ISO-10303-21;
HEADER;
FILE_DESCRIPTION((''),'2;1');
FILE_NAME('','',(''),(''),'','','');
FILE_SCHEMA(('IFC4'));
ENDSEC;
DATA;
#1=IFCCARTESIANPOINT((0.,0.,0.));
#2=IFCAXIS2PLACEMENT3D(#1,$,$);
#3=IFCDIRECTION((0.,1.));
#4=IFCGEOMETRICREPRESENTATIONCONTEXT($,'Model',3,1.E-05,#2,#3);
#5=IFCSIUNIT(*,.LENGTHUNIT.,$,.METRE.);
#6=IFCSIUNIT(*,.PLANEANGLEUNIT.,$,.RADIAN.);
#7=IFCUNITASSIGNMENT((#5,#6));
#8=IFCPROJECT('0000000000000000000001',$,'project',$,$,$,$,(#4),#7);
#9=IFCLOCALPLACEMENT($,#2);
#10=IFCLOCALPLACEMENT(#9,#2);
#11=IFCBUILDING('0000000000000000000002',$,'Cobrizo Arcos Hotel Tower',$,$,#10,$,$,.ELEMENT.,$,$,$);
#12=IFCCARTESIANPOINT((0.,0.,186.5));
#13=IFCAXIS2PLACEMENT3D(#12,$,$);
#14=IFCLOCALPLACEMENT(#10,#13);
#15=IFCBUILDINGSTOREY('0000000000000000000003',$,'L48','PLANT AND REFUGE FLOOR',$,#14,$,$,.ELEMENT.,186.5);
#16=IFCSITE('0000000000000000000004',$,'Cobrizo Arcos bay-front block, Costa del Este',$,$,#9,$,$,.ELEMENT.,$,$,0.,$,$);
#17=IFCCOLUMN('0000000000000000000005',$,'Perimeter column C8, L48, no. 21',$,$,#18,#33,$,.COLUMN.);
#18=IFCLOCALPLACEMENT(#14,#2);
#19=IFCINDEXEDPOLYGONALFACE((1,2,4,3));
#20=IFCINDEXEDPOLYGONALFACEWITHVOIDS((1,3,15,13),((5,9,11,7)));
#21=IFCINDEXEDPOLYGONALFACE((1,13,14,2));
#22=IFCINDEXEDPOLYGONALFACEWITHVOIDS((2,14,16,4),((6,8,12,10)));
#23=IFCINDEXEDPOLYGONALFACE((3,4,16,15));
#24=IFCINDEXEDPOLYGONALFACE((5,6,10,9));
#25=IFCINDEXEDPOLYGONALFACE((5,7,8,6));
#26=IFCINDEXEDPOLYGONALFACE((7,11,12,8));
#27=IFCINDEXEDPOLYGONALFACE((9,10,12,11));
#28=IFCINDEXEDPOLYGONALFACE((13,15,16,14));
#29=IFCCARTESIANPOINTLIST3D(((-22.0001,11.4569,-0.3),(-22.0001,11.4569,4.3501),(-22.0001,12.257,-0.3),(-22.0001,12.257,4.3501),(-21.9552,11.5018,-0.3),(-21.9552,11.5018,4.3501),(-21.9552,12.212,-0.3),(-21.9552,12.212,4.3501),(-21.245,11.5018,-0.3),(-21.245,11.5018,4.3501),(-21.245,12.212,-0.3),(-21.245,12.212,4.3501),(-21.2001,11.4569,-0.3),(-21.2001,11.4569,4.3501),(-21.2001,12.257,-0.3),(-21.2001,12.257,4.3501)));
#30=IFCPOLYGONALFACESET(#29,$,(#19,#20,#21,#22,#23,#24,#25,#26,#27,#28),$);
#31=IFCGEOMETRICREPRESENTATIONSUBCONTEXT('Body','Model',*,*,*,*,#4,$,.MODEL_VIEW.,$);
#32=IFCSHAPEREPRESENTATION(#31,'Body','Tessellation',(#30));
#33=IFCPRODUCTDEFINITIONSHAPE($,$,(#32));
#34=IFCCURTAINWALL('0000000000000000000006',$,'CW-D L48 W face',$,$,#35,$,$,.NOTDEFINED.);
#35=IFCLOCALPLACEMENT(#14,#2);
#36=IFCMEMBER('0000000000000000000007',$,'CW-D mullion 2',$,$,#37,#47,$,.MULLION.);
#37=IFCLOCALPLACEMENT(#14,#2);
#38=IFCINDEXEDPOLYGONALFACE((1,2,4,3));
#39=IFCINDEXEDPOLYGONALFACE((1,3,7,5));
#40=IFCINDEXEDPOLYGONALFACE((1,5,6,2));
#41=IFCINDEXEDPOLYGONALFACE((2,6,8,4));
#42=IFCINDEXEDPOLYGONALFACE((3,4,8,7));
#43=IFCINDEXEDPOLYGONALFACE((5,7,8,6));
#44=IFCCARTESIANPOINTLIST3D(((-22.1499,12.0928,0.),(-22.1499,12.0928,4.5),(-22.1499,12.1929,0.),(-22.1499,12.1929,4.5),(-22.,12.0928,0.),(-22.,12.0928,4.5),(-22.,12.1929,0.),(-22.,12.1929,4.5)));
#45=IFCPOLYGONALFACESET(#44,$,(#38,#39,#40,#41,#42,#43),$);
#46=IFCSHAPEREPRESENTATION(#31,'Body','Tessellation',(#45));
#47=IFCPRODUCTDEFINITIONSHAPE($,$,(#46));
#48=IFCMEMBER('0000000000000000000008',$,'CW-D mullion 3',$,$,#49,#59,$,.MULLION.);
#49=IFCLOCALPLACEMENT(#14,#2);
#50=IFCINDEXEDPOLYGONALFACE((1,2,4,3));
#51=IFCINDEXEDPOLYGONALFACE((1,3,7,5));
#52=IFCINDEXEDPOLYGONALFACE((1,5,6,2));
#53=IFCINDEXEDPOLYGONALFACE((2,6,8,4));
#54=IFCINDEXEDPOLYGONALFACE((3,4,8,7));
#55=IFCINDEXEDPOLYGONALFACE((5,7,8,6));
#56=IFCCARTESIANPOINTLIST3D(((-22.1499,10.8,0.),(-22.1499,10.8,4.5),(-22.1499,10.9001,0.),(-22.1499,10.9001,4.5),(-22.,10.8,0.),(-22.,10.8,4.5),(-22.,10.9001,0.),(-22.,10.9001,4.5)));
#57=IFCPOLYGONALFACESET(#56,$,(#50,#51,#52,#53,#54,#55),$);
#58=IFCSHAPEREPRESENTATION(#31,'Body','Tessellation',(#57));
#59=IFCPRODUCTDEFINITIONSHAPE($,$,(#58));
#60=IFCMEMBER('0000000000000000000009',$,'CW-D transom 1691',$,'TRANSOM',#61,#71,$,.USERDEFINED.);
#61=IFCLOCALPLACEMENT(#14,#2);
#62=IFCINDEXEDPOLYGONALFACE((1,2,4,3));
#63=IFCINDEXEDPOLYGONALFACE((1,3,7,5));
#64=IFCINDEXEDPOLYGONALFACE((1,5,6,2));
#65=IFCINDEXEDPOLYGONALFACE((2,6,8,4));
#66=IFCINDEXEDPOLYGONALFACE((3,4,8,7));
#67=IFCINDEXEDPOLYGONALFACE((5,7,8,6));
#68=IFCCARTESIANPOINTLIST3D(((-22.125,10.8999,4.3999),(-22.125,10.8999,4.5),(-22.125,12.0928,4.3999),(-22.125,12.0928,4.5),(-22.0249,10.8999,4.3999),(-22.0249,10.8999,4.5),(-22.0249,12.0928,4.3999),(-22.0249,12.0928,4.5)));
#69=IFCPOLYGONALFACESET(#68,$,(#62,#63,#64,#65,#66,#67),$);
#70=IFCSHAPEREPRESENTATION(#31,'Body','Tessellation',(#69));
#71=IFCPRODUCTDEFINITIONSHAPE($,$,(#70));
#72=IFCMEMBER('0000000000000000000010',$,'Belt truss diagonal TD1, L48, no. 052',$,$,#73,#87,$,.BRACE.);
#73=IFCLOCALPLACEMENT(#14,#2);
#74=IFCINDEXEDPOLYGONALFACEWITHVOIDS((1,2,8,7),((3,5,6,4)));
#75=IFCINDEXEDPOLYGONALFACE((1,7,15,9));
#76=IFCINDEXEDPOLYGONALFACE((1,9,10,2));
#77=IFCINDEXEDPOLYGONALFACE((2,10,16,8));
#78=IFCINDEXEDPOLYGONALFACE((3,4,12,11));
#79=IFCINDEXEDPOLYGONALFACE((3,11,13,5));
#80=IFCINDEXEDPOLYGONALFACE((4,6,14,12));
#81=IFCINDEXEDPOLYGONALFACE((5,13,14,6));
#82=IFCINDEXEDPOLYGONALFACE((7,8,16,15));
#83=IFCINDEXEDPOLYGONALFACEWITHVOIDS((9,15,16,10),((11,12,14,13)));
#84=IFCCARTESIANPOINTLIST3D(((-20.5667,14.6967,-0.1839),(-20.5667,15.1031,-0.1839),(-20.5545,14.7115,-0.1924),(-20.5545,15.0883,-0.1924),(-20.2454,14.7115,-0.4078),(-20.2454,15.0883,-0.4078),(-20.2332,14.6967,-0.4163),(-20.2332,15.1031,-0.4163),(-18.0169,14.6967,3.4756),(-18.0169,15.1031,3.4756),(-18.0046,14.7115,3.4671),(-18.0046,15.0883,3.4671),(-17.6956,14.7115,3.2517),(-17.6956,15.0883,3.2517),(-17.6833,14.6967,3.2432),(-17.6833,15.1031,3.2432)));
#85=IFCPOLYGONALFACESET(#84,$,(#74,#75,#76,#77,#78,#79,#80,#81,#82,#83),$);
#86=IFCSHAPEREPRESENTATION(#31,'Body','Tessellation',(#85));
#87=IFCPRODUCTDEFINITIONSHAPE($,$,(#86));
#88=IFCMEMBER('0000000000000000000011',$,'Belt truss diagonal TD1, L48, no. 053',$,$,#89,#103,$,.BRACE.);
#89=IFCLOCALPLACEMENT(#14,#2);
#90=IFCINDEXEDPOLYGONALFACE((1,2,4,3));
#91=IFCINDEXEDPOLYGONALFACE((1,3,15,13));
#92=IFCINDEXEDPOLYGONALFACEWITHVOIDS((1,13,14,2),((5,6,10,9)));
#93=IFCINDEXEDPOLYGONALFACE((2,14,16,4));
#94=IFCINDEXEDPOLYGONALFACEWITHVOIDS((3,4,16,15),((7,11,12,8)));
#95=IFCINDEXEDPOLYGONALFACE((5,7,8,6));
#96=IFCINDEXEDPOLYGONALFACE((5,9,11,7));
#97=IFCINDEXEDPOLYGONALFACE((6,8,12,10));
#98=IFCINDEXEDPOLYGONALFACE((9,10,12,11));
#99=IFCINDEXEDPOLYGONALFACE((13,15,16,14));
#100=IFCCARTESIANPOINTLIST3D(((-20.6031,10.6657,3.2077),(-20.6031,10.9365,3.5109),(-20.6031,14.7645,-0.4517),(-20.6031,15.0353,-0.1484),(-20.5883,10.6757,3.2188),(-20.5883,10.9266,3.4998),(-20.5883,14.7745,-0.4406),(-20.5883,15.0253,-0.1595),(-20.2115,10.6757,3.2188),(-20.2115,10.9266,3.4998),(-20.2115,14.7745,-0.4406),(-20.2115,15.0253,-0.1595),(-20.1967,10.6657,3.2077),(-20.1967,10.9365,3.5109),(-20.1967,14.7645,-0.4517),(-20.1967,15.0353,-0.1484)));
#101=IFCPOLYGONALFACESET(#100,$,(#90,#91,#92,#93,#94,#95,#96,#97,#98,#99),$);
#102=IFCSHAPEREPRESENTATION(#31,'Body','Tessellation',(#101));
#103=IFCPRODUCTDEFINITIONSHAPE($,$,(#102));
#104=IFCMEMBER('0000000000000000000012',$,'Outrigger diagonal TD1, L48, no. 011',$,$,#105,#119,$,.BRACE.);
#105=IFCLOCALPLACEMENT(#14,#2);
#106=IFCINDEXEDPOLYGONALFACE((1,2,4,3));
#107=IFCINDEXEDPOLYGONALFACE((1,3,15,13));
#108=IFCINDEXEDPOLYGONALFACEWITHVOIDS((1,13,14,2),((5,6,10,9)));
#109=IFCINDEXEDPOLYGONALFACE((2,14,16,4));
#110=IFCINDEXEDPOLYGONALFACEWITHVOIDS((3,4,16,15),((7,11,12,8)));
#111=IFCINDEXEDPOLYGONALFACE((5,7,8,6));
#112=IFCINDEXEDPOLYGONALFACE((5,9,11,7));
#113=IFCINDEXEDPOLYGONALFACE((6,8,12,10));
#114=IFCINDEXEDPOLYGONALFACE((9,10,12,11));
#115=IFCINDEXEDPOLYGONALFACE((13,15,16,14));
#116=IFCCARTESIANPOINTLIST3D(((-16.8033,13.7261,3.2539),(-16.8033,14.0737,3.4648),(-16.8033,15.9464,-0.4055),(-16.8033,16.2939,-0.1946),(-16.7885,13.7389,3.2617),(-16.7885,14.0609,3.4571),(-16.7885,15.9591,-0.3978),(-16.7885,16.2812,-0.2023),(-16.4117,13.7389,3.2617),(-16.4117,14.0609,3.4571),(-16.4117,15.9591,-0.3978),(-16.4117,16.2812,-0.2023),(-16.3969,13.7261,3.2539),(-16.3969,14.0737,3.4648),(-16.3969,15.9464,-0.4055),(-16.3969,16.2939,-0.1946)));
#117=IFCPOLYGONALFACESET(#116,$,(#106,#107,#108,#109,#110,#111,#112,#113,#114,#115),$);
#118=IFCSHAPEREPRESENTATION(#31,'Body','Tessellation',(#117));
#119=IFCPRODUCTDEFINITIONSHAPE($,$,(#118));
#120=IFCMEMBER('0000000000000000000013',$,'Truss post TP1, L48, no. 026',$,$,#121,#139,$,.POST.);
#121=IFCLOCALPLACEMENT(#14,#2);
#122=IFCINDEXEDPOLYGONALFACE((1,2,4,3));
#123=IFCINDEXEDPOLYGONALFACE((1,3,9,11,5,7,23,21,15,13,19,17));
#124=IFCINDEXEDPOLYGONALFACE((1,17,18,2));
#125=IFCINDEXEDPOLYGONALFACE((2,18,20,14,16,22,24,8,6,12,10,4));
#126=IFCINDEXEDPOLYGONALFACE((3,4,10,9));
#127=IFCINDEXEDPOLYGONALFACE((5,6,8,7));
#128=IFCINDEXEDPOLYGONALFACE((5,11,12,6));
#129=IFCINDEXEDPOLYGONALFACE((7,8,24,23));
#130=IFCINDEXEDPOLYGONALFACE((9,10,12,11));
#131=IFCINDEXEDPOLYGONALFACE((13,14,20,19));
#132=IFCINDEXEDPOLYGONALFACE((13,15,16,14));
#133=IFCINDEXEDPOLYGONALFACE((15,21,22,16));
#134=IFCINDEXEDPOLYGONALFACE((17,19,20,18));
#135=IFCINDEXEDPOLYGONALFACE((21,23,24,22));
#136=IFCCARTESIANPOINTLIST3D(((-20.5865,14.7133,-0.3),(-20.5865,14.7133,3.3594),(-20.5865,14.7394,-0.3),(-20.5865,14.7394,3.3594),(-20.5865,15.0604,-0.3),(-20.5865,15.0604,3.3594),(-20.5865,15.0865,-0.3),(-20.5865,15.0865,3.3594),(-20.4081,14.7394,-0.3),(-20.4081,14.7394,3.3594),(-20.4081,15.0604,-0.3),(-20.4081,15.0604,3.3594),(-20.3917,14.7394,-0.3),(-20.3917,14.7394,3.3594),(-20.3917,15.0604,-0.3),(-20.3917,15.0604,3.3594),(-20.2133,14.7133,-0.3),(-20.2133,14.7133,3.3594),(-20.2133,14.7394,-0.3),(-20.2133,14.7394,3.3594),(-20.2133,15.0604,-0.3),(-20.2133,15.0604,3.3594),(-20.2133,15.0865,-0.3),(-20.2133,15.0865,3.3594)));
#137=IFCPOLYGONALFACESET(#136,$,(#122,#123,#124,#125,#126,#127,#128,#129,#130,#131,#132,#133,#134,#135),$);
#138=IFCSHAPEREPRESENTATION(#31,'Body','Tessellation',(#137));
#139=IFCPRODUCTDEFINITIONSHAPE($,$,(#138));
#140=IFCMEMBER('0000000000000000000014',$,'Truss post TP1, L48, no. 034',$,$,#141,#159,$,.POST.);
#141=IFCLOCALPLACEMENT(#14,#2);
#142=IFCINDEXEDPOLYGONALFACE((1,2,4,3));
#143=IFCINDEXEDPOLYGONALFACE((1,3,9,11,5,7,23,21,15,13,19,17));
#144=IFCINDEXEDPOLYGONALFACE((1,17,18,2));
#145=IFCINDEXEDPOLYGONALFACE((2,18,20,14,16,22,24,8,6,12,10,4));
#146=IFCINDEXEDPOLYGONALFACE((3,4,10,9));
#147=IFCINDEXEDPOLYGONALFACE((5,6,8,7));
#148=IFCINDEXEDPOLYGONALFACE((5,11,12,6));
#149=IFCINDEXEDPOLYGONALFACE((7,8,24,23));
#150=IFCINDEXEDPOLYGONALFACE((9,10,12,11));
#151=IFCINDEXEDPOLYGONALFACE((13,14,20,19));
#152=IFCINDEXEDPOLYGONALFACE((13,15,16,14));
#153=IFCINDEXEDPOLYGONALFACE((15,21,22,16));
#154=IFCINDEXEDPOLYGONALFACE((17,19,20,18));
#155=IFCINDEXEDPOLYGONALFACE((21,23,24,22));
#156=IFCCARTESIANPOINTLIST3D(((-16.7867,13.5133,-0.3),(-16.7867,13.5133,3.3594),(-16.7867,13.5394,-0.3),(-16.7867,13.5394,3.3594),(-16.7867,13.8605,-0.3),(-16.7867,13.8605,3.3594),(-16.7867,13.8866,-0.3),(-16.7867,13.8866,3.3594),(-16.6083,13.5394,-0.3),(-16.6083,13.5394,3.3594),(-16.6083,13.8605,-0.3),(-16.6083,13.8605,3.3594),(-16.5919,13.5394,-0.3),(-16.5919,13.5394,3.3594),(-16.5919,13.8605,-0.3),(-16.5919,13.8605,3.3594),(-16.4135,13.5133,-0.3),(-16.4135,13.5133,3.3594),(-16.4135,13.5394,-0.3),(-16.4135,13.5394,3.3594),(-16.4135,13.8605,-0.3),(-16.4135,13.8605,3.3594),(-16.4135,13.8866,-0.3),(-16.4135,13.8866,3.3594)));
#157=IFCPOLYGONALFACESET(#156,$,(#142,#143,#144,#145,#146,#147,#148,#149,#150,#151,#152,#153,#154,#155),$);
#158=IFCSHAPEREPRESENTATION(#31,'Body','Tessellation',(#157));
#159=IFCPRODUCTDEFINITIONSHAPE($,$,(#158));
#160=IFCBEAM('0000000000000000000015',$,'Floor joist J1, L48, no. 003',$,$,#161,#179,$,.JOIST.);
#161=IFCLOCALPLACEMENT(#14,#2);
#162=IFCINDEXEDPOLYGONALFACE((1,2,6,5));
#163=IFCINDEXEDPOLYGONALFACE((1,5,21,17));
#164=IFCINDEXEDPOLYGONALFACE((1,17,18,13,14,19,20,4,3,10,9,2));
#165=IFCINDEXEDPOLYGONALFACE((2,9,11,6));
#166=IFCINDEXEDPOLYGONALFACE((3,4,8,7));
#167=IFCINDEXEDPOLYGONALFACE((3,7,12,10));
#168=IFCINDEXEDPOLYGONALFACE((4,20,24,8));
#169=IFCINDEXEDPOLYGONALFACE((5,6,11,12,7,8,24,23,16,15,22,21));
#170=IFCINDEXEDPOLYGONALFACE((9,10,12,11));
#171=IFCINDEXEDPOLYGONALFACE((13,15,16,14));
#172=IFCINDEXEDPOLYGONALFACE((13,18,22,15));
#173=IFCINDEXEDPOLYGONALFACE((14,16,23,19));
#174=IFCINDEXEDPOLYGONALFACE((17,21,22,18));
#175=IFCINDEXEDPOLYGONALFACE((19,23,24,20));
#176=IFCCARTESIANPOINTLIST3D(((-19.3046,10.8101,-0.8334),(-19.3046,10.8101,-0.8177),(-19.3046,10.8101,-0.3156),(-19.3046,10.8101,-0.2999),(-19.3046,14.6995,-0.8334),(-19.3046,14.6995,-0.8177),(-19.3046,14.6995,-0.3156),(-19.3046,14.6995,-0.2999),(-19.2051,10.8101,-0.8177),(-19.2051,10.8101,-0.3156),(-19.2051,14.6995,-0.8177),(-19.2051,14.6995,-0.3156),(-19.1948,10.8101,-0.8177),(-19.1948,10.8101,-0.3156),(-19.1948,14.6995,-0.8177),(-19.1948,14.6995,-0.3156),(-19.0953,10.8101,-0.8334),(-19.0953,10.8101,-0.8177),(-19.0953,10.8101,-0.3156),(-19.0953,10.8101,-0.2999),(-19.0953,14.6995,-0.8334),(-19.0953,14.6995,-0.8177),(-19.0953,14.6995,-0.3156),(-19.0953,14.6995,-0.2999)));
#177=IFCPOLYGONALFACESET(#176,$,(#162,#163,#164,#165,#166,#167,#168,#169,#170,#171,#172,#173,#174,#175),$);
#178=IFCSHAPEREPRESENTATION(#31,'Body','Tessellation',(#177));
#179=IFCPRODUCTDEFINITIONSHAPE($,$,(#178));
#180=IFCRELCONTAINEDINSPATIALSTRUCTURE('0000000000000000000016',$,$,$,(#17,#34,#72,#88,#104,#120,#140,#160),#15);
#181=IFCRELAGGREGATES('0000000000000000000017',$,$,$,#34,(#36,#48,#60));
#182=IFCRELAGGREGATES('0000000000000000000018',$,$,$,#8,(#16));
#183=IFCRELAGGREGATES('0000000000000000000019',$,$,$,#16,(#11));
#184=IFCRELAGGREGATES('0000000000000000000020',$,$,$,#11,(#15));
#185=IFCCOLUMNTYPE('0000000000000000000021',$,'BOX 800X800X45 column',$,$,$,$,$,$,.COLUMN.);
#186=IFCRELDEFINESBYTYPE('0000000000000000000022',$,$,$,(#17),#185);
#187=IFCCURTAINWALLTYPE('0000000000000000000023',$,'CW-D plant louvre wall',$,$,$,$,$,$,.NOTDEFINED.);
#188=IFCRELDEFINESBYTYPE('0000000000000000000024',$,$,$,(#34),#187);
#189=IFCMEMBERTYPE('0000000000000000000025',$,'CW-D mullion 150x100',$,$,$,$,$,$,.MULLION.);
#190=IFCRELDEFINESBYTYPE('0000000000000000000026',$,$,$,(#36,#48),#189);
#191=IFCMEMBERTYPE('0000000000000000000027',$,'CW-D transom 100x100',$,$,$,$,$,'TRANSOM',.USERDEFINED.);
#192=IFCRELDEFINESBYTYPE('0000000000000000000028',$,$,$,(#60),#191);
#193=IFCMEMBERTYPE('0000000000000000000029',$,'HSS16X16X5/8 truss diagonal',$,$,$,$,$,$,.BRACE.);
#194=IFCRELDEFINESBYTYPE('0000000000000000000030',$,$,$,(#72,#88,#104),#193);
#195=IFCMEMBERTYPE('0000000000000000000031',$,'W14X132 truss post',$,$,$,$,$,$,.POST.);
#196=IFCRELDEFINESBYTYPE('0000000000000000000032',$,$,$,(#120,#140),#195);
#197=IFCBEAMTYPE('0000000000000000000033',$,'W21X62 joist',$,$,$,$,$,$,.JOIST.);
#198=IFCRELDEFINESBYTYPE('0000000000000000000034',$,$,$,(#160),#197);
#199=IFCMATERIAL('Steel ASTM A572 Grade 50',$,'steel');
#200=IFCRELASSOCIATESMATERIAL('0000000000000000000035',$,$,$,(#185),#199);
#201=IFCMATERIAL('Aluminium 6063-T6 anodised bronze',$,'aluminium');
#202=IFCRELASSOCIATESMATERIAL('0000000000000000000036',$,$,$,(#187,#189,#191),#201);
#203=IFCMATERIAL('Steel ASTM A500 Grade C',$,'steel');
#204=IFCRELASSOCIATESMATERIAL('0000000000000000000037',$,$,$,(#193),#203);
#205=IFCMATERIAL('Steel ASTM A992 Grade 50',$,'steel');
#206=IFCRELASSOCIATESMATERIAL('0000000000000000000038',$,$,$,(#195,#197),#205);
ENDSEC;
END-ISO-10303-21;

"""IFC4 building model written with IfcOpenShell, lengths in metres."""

from ifc_helpers import new_model, si_unit, direction, frame, origin, origin_2d, place, context, subcontext, project, spatial, rectangle, hollow_rectangle, i_section, extrude, material, material_profile, profile_set, type_object, element, aggregate, save


model = new_model("IFC4")

# Units and contexts
model_context = context("Model", 3, precision=1e-05, world=origin(), true_north=direction((0.0, 1.0)))
body_context = subcontext(model_context, "Body", "Model", "MODEL_VIEW")
ifc_project = project(units=[si_unit("LENGTHUNIT", "METRE"), si_unit("PLANEANGLEUNIT", "RADIAN")], contexts=[model_context])

# Site, building, storey
site_placement = place(None, origin())
site = spatial("IfcSite", under=ifc_project, at=site_placement, Name="Cobrizo Arcos bay-front block, Costa del Este", CompositionType="ELEMENT", RefElevation=0.0)
building_placement = place(site_placement, origin())
building = spatial("IfcBuilding", under=site, at=building_placement, Name="Cobrizo Arcos Hotel Tower", CompositionType="ELEMENT")
storey_placement = place(building_placement, frame((0.0, 0.0, 186.5)))
storey = spatial("IfcBuildingStorey", under=building, at=storey_placement, Name="L48", Description="PLANT AND REFUGE FLOOR", CompositionType="ELEMENT", Elevation=186.5)

# Column
ifc_material_1 = material(Name="Steel ASTM A572 Grade 50", Category="steel")
ifc_material_profile_1 = material_profile(ifc_material_1, hollow_rectangle(XDim=0.8, YDim=0.8, WallThickness=0.0449, at=origin_2d()), Name="BOX 800X800X45")
ifc_profile_set_1 = profile_set([ifc_material_profile_1], Name="Steel ASTM A572 Grade 50")
column_type = type_object("IfcColumnType", Name="BOX 800X800X45 column", PredefinedType="COLUMN", material=ifc_profile_set_1)
column_placement = place(storey_placement, frame((-21.6001, 11.8569, -0.3), z_axis=(0.0, 0.0, 1.0), x_axis=(1.0, 0.0, 0.0)))
element("IfcColumn", 1, at=column_placement, inside=storey, type_object=column_type, Name="Perimeter column C8, L48, no. 21", PredefinedType="COLUMN", context=body_context, shape_type="SweptSolid", body=[
    extrude(hollow_rectangle(XDim=0.8, YDim=0.8, WallThickness=0.0449, at=origin_2d()), origin(), (0.0, 0.0, 1.0), 4.6501),
])

# Curtain wall, members
ifc_material_2 = material(Name="Aluminium 6063-T6 anodised bronze", Category="aluminium")
curtain_wall_type = type_object("IfcCurtainWallType", Name="CW-D plant louvre wall", PredefinedType="NOTDEFINED", material=ifc_material_2)
curtain_wall_placement = place(storey_placement, origin())
curtain_wall = element("IfcCurtainWall", 2, at=curtain_wall_placement, inside=storey, type_object=curtain_wall_type, Name="CW-D L48 W face", PredefinedType="NOTDEFINED")
ifc_material_profile_2 = material_profile(ifc_material_2, rectangle(XDim=0.1499, YDim=0.1001, at=origin_2d()), Name="CW-D mullion 150x100")
ifc_profile_set_2 = profile_set([ifc_material_profile_2], Name="Aluminium 6063-T6 anodised bronze")
member_type_1 = type_object("IfcMemberType", Name="CW-D mullion 150x100", PredefinedType="MULLION", material=ifc_profile_set_2)
member_1_placement = place(storey_placement, frame((-22.075, 12.1428, 0.0), z_axis=(0.0, 0.0, 1.0), x_axis=(-1.0, 0.0, 0.0)))
member_1 = element("IfcMember", 3, at=member_1_placement, type_object=member_type_1, Name="CW-D mullion 2", PredefinedType="MULLION", context=body_context, shape_type="SweptSolid", body=[
    extrude(rectangle(XDim=0.1499, YDim=0.1001, at=origin_2d()), origin(), (0.0, 0.0, 1.0), 4.5),
])
member_2_placement = place(storey_placement, frame((-22.075, 10.8501, 0.0), z_axis=(0.0, 0.0, 1.0), x_axis=(-1.0, 0.0, 0.0)))
member_2 = element("IfcMember", 4, at=member_2_placement, type_object=member_type_1, Name="CW-D mullion 3", PredefinedType="MULLION", context=body_context, shape_type="SweptSolid", body=[
    extrude(rectangle(XDim=0.1499, YDim=0.1001, at=origin_2d()), origin(), (0.0, 0.0, 1.0), 4.5),
])
ifc_material_profile_3 = material_profile(ifc_material_2, rectangle(XDim=0.1001, YDim=0.1001, at=origin_2d()), Name="CW-D transom 100x100")
ifc_profile_set_3 = profile_set([ifc_material_profile_3], Name="Aluminium 6063-T6 anodised bronze")
member_type_2 = type_object("IfcMemberType", Name="CW-D transom 100x100", ElementType="TRANSOM", PredefinedType="USERDEFINED", material=ifc_profile_set_3)
member_3_placement = place(storey_placement, frame((-22.075, 12.0928, 4.45), z_axis=(0.0, -1.0, 0.0), x_axis=(1.0, 0.0, 0.0)))
member_3 = element("IfcMember", 5, at=member_3_placement, type_object=member_type_2, Name="CW-D transom 1691", ObjectType="TRANSOM", PredefinedType="USERDEFINED", context=body_context, shape_type="SweptSolid", body=[
    extrude(rectangle(XDim=0.1001, YDim=0.1001, at=origin_2d()), origin(), (0.0, 0.0, 1.0), 1.1929),
])

# Members
ifc_material_3 = material(Name="Steel ASTM A500 Grade C", Category="steel")
ifc_material_profile_4 = material_profile(ifc_material_3, hollow_rectangle(XDim=0.4065, YDim=0.4065, WallThickness=0.0149, at=origin_2d()), Name="HSS16X16X5/8")
ifc_profile_set_4 = profile_set([ifc_material_profile_4], Name="Steel ASTM A500 Grade C")
member_type_3 = type_object("IfcMemberType", Name="HSS16X16X5/8 truss diagonal", PredefinedType="BRACE", material=ifc_profile_set_4)
member_4_placement = place(storey_placement, frame((-17.8501, 14.8999, 3.3594), z_axis=(-0.571687, 0.0, -0.820472), x_axis=(0.0, -1.0, 0.0)))
element("IfcMember", 6, at=member_4_placement, inside=storey, type_object=member_type_3, Name="Belt truss diagonal TD1, L48, no. 052", PredefinedType="BRACE", context=body_context, shape_type="SweptSolid", body=[
    extrude(hollow_rectangle(XDim=0.4065, YDim=0.4065, WallThickness=0.0149, at=origin_2d()), origin(), (0.0, 0.0, 1.0), 4.4602),
])
member_5_placement = place(storey_placement, frame((-20.3999, 14.8999, -0.3), z_axis=(0.0, -0.745964, 0.665987), x_axis=(1.0, 0.0, 0.0)))
element("IfcMember", 7, at=member_5_placement, inside=storey, type_object=member_type_3, Name="Belt truss diagonal TD1, L48, no. 053", PredefinedType="BRACE", context=body_context, shape_type="SweptSolid", body=[
    extrude(hollow_rectangle(XDim=0.4065, YDim=0.4065, WallThickness=0.0149, at=origin_2d()), origin(), (0.0, 0.0, 1.0), 5.4946),
])
member_6_placement = place(storey_placement, frame((-16.6001, 13.8999, 3.3594), z_axis=(0.0, 0.518709, -0.854951), x_axis=(-1.0, 0.0, 0.0)))
element("IfcMember", 8, at=member_6_placement, inside=storey, type_object=member_type_3, Name="Outrigger diagonal TD1, L48, no. 011", PredefinedType="BRACE", context=body_context, shape_type="SweptSolid", body=[
    extrude(hollow_rectangle(XDim=0.4065, YDim=0.4065, WallThickness=0.0149, at=origin_2d()), origin(), (0.0, 0.0, 1.0), 4.2803),
])
ifc_material_4 = material(Name="Steel ASTM A992 Grade 50", Category="steel")
ifc_material_profile_5 = material_profile(ifc_material_4, i_section(OverallWidth=0.3733, OverallDepth=0.3733, WebThickness=0.0164, FlangeThickness=0.0261, at=origin_2d()), Name="W14X132")
ifc_profile_set_5 = profile_set([ifc_material_profile_5], Name="Steel ASTM A992 Grade 50")
member_type_4 = type_object("IfcMemberType", Name="W14X132 truss post", PredefinedType="POST", material=ifc_profile_set_5)
for number, where, z_axis, x_axis, name in (
    (9, (-20.3999, 14.8999, -0.3), (0.0, 0.0, 1.0), (1.0, 0.0, 0.0), "Truss post TP1, L48, no. 026"),
    (10, (-16.6001, 13.7, -0.3), (0.0, 0.0, 1.0), (1.0, 0.0, 0.0), "Truss post TP1, L48, no. 034"),
):
    element("IfcMember", number, at=place(storey_placement, frame(where, z_axis=z_axis, x_axis=x_axis)), inside=storey, type_object=member_type_4, Name=name, PredefinedType="POST", context=body_context, shape_type="SweptSolid", body=[
        extrude(i_section(OverallWidth=0.3733, OverallDepth=0.3733, WebThickness=0.0164, FlangeThickness=0.0261, at=origin_2d()), origin(), (0.0, 0.0, 1.0), 3.6594),
    ])

# Beam
ifc_material_profile_6 = material_profile(ifc_material_4, i_section(OverallWidth=0.2092, OverallDepth=0.5334, WebThickness=0.0103, FlangeThickness=0.0156, at=origin_2d()), Name="W21X62")
ifc_profile_set_6 = profile_set([ifc_material_profile_6], Name="Steel ASTM A992 Grade 50")
beam_type = type_object("IfcBeamType", Name="W21X62 joist", PredefinedType="JOIST", material=ifc_profile_set_6)
beam_placement = place(storey_placement, frame((-19.2, 10.8101, -0.5667), z_axis=(0.0, 1.0, 0.0), x_axis=(-1.0, 0.0, 0.0)))
element("IfcBeam", 11, at=beam_placement, inside=storey, type_object=beam_type, Name="Floor joist J1, L48, no. 003", PredefinedType="JOIST", context=body_context, shape_type="SweptSolid", body=[
    extrude(i_section(OverallWidth=0.2092, OverallDepth=0.5334, WebThickness=0.0103, FlangeThickness=0.0156, at=origin_2d()), origin(), (0.0, 0.0, 1.0), 3.8894),
])

aggregate(curtain_wall, [member_1, member_2, member_3])

save(model, "model.ifc")
